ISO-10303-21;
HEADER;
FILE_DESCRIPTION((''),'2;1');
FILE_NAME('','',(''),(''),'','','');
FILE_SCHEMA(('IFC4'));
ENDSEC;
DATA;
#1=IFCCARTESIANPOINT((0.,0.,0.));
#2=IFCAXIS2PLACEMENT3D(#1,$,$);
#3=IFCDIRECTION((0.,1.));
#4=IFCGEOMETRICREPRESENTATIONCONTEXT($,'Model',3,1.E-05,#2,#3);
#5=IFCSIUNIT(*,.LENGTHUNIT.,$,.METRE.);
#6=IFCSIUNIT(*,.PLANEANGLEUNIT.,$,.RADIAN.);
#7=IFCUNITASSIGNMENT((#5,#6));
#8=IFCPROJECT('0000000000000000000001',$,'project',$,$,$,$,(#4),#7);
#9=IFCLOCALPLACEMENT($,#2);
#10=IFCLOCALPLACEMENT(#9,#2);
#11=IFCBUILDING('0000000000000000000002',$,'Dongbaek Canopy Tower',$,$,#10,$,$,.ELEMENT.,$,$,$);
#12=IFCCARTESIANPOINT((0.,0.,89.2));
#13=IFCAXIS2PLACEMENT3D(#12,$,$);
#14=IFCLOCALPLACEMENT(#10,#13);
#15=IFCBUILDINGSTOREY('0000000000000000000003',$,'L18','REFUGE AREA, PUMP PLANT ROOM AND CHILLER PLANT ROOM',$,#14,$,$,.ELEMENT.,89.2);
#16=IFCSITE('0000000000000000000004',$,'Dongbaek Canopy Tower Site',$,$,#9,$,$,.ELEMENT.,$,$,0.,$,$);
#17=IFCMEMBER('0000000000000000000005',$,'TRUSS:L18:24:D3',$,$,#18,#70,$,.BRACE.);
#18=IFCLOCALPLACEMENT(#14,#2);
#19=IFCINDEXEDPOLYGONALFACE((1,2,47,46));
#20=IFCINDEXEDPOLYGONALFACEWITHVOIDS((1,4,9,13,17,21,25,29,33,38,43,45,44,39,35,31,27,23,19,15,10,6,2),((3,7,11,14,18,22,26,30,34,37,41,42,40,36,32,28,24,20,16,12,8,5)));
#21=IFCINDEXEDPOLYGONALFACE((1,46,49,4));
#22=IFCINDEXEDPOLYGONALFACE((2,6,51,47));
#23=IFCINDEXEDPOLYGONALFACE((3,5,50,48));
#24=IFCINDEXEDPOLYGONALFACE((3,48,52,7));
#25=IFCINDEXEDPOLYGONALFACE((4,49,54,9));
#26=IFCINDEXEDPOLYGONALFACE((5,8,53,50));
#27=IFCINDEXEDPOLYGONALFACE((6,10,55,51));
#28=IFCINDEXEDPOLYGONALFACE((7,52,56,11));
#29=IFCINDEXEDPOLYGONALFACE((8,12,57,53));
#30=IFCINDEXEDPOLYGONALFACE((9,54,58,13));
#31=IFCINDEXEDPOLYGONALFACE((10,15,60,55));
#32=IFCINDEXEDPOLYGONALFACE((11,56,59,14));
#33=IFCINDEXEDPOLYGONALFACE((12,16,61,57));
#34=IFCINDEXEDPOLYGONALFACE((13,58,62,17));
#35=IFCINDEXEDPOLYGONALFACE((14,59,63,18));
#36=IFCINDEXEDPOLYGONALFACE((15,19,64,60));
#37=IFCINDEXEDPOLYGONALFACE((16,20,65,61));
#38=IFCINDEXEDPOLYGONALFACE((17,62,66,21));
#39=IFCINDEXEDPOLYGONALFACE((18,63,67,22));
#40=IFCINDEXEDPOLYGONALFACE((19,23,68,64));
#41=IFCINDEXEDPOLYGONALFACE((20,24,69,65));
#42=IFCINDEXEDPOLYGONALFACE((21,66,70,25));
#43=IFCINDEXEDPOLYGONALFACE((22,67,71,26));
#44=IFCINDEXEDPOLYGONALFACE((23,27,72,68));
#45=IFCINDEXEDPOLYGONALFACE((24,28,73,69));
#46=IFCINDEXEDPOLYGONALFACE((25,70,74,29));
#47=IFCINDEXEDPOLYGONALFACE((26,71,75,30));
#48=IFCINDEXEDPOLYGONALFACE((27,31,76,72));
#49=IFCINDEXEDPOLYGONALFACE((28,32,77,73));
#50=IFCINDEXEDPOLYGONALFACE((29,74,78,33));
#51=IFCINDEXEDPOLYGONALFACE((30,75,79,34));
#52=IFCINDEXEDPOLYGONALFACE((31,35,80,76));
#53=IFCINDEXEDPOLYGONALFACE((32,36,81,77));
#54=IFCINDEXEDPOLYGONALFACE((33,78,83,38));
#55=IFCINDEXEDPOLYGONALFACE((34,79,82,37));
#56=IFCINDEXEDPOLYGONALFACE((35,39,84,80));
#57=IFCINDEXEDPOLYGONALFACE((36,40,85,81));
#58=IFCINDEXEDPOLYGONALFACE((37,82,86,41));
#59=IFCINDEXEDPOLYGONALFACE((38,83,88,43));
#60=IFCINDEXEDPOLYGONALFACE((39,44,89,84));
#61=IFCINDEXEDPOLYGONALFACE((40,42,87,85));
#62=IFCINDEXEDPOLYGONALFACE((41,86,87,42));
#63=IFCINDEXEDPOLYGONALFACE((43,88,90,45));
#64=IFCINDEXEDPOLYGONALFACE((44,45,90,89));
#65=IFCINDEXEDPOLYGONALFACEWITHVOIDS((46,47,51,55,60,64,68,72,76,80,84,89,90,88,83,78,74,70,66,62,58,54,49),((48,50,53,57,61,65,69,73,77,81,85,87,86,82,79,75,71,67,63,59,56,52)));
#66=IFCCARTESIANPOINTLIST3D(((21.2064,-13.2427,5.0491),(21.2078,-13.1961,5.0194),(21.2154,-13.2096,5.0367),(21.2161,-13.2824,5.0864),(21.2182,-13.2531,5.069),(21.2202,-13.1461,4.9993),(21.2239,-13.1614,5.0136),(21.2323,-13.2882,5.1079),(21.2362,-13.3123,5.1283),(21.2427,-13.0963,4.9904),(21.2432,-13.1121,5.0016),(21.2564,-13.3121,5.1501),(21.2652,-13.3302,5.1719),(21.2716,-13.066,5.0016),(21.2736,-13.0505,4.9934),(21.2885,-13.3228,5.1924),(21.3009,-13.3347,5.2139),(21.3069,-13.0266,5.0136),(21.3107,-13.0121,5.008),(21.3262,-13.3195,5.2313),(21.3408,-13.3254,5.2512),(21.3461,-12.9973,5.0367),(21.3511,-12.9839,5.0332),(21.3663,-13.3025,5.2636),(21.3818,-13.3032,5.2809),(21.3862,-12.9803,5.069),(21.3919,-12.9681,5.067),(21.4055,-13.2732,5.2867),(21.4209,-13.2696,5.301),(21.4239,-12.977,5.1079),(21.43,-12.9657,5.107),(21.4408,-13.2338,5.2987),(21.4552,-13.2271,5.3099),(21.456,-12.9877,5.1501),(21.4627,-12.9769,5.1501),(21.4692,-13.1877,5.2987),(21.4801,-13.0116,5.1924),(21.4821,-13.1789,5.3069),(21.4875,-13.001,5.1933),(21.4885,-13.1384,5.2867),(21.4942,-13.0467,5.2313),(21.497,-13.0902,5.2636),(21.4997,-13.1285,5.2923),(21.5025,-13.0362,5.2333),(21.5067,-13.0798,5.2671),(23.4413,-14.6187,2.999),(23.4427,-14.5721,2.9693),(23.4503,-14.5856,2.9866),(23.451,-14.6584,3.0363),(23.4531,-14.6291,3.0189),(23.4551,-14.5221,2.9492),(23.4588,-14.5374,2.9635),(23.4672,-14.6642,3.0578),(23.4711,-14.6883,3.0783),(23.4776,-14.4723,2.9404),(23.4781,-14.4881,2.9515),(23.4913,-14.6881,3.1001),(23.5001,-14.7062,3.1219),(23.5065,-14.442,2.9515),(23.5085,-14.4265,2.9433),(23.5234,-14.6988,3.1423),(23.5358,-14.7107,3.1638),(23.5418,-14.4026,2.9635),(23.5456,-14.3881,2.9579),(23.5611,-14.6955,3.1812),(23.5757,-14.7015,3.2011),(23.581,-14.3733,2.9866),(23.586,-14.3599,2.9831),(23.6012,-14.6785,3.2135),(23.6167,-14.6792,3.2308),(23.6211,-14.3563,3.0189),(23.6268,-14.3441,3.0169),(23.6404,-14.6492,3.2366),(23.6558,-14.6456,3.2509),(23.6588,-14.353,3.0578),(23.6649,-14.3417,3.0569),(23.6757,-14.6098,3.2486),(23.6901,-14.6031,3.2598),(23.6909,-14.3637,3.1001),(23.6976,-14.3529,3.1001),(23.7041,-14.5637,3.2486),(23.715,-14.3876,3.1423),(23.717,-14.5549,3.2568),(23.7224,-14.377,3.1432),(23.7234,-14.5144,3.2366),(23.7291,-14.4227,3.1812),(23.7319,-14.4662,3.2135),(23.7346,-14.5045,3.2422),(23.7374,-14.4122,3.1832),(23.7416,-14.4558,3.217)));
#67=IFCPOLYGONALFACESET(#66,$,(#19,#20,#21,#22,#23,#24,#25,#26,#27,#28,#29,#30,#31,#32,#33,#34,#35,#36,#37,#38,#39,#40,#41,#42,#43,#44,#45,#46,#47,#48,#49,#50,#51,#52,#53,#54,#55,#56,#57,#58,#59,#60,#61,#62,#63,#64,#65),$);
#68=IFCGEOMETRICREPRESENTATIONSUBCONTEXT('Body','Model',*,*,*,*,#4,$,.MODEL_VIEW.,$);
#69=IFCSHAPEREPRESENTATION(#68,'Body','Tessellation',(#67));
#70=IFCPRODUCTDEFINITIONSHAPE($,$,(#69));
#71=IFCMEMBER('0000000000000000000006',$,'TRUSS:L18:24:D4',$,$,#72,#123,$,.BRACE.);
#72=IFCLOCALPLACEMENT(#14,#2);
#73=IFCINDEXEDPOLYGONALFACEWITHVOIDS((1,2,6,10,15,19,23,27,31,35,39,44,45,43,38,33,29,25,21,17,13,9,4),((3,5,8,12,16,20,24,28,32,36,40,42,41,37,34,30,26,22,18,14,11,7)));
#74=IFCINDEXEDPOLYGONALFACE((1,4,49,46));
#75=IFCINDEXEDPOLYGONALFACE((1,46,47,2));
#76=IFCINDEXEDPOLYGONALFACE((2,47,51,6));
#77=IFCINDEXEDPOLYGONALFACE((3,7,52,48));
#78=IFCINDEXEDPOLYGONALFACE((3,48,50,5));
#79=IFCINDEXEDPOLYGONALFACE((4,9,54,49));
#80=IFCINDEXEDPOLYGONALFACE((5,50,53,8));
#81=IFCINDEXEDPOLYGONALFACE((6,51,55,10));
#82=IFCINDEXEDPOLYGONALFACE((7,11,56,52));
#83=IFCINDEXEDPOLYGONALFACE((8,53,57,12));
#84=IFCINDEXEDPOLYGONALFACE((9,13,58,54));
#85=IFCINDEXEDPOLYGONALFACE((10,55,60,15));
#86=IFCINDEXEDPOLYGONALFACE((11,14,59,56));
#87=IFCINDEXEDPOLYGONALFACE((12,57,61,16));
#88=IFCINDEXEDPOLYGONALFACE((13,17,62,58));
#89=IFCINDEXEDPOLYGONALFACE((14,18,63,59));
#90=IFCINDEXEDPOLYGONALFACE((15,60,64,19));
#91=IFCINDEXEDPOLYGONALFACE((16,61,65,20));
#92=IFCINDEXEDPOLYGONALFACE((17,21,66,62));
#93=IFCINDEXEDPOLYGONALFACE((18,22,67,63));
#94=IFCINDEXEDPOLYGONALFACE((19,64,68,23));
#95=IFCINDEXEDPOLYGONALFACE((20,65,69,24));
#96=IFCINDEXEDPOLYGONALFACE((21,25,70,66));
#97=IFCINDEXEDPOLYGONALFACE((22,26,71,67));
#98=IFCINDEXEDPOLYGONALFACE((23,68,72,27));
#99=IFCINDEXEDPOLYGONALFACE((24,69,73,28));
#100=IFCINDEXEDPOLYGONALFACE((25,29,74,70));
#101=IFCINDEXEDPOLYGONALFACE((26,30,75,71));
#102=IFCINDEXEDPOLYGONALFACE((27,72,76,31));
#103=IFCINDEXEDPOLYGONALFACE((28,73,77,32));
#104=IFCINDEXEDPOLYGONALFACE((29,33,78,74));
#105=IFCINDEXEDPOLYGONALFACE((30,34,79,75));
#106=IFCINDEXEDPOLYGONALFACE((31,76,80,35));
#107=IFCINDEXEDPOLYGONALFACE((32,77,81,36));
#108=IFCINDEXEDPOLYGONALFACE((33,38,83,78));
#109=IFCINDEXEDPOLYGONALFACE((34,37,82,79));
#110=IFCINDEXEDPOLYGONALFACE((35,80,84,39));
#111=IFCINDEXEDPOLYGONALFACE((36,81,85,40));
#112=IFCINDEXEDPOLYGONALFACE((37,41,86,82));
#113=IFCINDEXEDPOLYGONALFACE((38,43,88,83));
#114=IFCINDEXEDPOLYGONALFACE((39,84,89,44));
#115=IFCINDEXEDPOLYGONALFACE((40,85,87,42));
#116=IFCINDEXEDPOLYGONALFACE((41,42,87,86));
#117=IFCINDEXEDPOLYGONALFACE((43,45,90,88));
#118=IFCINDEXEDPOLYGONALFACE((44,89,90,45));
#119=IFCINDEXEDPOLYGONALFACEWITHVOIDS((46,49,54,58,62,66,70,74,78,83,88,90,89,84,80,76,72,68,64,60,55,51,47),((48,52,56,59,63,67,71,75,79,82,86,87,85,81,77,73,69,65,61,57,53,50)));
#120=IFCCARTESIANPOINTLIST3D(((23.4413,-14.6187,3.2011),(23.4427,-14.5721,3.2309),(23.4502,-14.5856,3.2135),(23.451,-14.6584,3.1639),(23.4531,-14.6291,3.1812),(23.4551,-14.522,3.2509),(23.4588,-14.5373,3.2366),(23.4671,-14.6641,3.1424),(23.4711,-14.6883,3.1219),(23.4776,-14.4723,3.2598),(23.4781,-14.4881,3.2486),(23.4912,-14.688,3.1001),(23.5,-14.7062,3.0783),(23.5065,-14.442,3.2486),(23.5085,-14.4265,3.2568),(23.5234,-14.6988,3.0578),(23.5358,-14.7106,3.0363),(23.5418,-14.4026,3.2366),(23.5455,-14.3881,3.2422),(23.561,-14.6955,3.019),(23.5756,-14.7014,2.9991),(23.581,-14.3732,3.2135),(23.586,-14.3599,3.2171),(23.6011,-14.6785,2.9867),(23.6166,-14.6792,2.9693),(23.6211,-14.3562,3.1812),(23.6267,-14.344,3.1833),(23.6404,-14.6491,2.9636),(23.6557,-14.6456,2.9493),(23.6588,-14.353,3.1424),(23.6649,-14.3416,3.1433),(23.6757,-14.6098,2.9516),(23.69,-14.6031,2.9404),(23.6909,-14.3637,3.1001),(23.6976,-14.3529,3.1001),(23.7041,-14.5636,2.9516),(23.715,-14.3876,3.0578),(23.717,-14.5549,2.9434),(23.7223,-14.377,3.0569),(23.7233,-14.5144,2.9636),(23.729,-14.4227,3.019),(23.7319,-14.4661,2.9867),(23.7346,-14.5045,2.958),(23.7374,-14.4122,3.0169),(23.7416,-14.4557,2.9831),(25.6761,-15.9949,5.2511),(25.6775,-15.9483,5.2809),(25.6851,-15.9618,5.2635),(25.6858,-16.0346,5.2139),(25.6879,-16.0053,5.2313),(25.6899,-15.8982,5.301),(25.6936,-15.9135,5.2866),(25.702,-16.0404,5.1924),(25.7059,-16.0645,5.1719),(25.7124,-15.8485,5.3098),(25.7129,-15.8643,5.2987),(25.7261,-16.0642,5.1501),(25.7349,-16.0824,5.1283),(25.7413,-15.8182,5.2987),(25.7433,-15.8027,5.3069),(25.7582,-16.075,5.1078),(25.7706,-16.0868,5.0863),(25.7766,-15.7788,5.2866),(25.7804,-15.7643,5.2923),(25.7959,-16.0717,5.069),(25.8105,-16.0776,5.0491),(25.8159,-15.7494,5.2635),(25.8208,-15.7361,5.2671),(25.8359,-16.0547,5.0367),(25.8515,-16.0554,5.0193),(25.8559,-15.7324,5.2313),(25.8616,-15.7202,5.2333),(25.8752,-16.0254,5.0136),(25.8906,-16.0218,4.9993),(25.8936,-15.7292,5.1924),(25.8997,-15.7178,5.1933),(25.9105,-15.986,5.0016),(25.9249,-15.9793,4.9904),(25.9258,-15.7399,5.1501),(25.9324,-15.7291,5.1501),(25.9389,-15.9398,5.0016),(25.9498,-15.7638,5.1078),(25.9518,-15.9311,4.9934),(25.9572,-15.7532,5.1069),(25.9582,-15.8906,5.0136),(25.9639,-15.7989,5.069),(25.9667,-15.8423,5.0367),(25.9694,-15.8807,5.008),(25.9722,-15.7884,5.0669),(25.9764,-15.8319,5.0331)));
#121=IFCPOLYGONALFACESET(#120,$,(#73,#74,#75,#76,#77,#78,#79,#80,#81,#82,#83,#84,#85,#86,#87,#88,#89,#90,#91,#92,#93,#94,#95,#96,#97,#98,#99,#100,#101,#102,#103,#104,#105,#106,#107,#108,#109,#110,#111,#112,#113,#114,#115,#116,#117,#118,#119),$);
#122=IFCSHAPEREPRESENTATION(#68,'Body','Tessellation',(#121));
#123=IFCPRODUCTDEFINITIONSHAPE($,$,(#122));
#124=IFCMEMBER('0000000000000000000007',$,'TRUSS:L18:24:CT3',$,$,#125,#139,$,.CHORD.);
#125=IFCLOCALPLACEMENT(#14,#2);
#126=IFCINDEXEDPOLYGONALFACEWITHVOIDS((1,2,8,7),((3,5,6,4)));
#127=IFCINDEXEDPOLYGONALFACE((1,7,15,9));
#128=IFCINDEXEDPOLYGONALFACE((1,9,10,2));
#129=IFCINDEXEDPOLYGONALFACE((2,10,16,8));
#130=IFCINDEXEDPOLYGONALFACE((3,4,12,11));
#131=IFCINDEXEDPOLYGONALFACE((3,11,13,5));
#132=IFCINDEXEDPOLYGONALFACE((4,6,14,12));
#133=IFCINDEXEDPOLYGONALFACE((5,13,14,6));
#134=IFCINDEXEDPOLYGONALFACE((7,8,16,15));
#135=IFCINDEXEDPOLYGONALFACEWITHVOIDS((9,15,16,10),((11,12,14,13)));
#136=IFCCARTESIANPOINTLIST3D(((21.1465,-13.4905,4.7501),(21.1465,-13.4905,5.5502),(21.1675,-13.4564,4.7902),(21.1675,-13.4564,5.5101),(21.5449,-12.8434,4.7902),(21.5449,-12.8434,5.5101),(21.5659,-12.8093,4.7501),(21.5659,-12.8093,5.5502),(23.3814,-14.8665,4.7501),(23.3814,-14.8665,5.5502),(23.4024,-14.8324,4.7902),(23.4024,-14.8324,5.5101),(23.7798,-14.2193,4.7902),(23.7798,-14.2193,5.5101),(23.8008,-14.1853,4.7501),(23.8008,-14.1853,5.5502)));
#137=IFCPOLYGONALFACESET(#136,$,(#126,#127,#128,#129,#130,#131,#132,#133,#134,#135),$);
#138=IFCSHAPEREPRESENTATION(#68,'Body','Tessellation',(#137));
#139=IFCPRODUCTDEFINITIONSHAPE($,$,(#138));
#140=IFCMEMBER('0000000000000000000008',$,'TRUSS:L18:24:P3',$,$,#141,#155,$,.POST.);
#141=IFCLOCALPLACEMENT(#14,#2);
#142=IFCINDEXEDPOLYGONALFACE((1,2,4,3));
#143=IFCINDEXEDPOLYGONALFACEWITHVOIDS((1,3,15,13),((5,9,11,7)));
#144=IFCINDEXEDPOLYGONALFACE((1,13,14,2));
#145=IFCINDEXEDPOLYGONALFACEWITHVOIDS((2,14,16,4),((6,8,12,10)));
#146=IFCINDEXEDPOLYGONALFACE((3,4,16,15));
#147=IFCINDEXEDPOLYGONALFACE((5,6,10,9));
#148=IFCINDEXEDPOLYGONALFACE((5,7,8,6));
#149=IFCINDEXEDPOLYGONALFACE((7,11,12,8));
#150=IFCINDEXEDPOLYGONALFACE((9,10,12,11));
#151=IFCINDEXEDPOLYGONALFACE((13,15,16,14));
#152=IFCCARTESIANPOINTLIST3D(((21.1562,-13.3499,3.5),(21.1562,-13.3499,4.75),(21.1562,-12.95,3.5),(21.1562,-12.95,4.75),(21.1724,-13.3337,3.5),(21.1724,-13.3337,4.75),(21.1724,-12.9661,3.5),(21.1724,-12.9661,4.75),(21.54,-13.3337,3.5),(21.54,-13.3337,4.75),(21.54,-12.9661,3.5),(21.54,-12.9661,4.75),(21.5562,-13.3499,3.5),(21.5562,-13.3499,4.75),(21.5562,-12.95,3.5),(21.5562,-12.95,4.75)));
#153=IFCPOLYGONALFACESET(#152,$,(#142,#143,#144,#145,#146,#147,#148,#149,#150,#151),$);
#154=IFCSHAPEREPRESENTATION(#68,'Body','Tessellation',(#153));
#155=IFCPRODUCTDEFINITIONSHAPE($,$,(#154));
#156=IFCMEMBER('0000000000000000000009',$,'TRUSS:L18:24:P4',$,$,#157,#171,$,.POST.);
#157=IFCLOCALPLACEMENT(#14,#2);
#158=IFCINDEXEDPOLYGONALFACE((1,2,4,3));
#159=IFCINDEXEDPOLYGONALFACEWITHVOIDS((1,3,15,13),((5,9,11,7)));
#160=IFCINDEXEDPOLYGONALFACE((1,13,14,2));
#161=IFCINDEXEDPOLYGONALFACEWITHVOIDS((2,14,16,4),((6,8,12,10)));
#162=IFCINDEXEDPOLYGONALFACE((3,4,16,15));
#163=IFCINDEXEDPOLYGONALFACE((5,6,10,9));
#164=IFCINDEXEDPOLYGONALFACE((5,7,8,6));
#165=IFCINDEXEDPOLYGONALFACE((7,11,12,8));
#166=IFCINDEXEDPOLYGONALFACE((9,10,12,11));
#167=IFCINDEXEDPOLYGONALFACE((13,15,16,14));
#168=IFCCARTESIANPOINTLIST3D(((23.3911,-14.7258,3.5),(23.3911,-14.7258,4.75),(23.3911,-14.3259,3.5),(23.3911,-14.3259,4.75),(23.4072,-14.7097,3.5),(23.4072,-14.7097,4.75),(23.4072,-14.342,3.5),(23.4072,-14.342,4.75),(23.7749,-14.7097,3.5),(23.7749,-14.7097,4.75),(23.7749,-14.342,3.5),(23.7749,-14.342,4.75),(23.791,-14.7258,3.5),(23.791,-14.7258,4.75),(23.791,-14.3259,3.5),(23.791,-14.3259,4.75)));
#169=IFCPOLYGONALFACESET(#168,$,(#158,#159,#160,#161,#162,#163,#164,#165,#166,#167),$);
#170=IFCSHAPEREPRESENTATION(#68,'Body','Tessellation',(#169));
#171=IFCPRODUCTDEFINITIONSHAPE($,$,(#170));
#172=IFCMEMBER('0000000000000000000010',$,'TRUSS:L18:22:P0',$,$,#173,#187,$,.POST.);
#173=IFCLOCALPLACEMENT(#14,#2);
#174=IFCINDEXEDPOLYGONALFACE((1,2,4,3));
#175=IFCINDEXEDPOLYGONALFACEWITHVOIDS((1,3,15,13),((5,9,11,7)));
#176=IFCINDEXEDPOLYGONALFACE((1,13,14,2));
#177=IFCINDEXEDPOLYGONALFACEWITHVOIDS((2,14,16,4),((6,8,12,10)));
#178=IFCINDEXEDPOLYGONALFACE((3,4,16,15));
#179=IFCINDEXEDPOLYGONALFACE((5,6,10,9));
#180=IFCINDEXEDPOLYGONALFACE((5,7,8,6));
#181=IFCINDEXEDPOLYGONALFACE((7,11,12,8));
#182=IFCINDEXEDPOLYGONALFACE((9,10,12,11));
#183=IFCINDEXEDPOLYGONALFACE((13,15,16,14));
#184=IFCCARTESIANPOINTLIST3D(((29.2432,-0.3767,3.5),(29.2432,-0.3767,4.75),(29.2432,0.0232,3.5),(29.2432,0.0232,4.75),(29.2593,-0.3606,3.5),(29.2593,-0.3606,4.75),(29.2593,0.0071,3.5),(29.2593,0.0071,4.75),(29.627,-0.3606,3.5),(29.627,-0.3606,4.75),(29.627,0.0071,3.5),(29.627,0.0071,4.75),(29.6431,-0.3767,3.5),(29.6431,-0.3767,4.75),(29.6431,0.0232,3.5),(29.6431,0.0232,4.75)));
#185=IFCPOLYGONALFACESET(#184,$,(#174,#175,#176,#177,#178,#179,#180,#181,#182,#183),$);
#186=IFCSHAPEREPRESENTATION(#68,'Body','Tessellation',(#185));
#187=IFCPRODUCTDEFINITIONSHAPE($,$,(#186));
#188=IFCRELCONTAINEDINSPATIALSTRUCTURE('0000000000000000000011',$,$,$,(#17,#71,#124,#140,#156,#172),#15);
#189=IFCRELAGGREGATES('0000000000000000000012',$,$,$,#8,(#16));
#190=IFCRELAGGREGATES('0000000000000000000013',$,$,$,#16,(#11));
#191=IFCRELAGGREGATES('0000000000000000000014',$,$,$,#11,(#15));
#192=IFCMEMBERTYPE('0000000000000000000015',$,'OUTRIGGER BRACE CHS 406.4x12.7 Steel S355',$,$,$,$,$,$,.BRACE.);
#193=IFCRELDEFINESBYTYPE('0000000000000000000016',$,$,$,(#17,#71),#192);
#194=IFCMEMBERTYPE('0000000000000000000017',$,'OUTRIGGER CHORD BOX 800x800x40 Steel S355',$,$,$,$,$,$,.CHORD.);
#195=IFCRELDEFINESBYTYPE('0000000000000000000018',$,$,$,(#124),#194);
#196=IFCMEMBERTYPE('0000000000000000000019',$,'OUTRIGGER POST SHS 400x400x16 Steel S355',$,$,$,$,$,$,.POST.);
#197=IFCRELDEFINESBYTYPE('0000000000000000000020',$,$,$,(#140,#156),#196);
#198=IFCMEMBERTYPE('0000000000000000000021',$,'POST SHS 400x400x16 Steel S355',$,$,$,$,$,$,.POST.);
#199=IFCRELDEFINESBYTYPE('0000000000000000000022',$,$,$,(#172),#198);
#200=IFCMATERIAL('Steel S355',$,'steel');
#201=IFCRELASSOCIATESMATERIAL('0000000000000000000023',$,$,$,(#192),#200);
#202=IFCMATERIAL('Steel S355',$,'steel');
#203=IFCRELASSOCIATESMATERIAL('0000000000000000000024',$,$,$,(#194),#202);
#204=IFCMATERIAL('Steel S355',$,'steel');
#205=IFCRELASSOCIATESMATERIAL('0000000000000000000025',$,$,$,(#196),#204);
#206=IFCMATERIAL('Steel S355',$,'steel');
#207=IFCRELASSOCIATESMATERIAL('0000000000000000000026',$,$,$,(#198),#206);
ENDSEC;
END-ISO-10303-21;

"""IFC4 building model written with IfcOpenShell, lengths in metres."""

from ifc_helpers import new_model, si_unit, direction, frame, origin, origin_2d, place, context, subcontext, project, spatial, hollow_rectangle, hollow_circle, extrude, material, material_profile, profile_set, type_object, element, save


model = new_model("IFC4")

# Units and contexts
model_context = context("Model", 3, precision=1e-05, world=origin(), true_north=direction((0.0, 1.0)))
body_context = subcontext(model_context, "Body", "Model", "MODEL_VIEW")
ifc_project = project(units=[si_unit("LENGTHUNIT", "METRE"), si_unit("PLANEANGLEUNIT", "RADIAN")], contexts=[model_context])

# Site, building, storey
site_placement = place(None, origin())
site = spatial("IfcSite", under=ifc_project, at=site_placement, Name="Dongbaek Canopy Tower Site", CompositionType="ELEMENT", RefElevation=0.0)
building_placement = place(site_placement, origin())
building = spatial("IfcBuilding", under=site, at=building_placement, Name="Dongbaek Canopy Tower", CompositionType="ELEMENT")
storey_placement = place(building_placement, frame((0.0, 0.0, 89.2)))
storey = spatial("IfcBuildingStorey", under=building, at=storey_placement, Name="L18", Description="REFUGE AREA, PUMP PLANT ROOM AND CHILLER PLANT ROOM", CompositionType="ELEMENT", Elevation=89.2)

# Members
ifc_material_1 = material(Name="Steel S355", Category="steel")
ifc_material_profile_1 = material_profile(ifc_material_1, hollow_circle(Radius=0.2031, WallThickness=0.0127, at=origin_2d()), Name="OUTRIGGER BRACE CHS 406.4x12.7 Steel S355")
ifc_profile_set_1 = profile_set([ifc_material_profile_1], Name="Steel S355")
member_type_1 = type_object("IfcMemberType", Name="OUTRIGGER BRACE CHS 406.4x12.7 Steel S355", PredefinedType="BRACE", material=ifc_profile_set_1)
for number, where, z_axis, x_axis, name in (
    (1, (21.3562, -13.1499, 5.1501), (0.671078, -0.413174, -0.615582), (0.524284, 0.851543, 0.0), "TRUSS:L18:24:D3"),
    (2, (23.5911, -14.5259, 3.1001), (0.671058, -0.413235, 0.615564), (0.524352, 0.851502, 0.0), "TRUSS:L18:24:D4"),
):
    element("IfcMember", number, at=place(storey_placement, frame(where, z_axis=z_axis, x_axis=x_axis)), inside=storey, type_object=member_type_1, Name=name, PredefinedType="BRACE", context=body_context, shape_type="SweptSolid", body=[
        extrude(hollow_circle(Radius=0.2031, WallThickness=0.0127, at=origin_2d()), origin(), (0.0, 0.0, 1.0), 3.3303),
    ])
ifc_material_2 = material(Name="Steel S355", Category="steel")
ifc_material_profile_2 = material_profile(ifc_material_2, hollow_rectangle(XDim=0.8, YDim=0.8, WallThickness=0.04, at=origin_2d()), Name="OUTRIGGER CHORD BOX 800x800x40 Steel S355")
ifc_profile_set_2 = profile_set([ifc_material_profile_2], Name="Steel S355")
member_type_2 = type_object("IfcMemberType", Name="OUTRIGGER CHORD BOX 800x800x40 Steel S355", PredefinedType="CHORD", material=ifc_profile_set_2)
member_1_placement = place(storey_placement, frame((21.3562, -13.1499, 5.1501), z_axis=(0.851543, -0.524284, 0.0), x_axis=(0.524284, 0.851543, 0.0)))
element("IfcMember", 3, at=member_1_placement, inside=storey, type_object=member_type_2, Name="TRUSS:L18:24:CT3", PredefinedType="CHORD", context=body_context, shape_type="SweptSolid", body=[
    extrude(hollow_rectangle(XDim=0.8, YDim=0.8, WallThickness=0.04, at=origin_2d()), origin(), (0.0, 0.0, 1.0), 2.6245),
])
ifc_material_3 = material(Name="Steel S355", Category="steel")
ifc_material_profile_3 = material_profile(ifc_material_3, hollow_rectangle(XDim=0.3999, YDim=0.3999, WallThickness=0.0161, at=origin_2d()), Name="OUTRIGGER POST SHS 400x400x16 Steel S355")
ifc_profile_set_3 = profile_set([ifc_material_profile_3], Name="Steel S355")
member_type_3 = type_object("IfcMemberType", Name="OUTRIGGER POST SHS 400x400x16 Steel S355", PredefinedType="POST", material=ifc_profile_set_3)
for number, where, z_axis, x_axis, name in (
    (4, (21.3562, -13.1499, 3.5), (0.0, 0.0, 1.0), (1.0, 0.0, 0.0), "TRUSS:L18:24:P3"),
    (5, (23.5911, -14.5259, 3.5), (0.0, 0.0, 1.0), (1.0, 0.0, 0.0), "TRUSS:L18:24:P4"),
):
    element("IfcMember", number, at=place(storey_placement, frame(where, z_axis=z_axis, x_axis=x_axis)), inside=storey, type_object=member_type_3, Name=name, PredefinedType="POST", context=body_context, shape_type="SweptSolid", body=[
        extrude(hollow_rectangle(XDim=0.3999, YDim=0.3999, WallThickness=0.0161, at=origin_2d()), origin(), (0.0, 0.0, 1.0), 1.25),
    ])
ifc_material_4 = material(Name="Steel S355", Category="steel")
ifc_material_profile_4 = material_profile(ifc_material_4, hollow_rectangle(XDim=0.3999, YDim=0.3999, WallThickness=0.0161, at=origin_2d()), Name="POST SHS 400x400x16 Steel S355")
ifc_profile_set_4 = profile_set([ifc_material_profile_4], Name="Steel S355")
member_type_4 = type_object("IfcMemberType", Name="POST SHS 400x400x16 Steel S355", PredefinedType="POST", material=ifc_profile_set_4)
for number, where, z_axis, x_axis, name in (
    (6, (29.4431, -0.1768, 3.5), (0.0, 0.0, 1.0), (1.0, 0.0, 0.0), "TRUSS:L18:22:P0"),
):
    element("IfcMember", number, at=place(storey_placement, frame(where, z_axis=z_axis, x_axis=x_axis)), inside=storey, type_object=member_type_4, Name=name, PredefinedType="POST", context=body_context, shape_type="SweptSolid", body=[
        extrude(hollow_rectangle(XDim=0.3999, YDim=0.3999, WallThickness=0.0161, at=origin_2d()), origin(), (0.0, 0.0, 1.0), 1.25),
    ])

save(model, "model.ifc")
